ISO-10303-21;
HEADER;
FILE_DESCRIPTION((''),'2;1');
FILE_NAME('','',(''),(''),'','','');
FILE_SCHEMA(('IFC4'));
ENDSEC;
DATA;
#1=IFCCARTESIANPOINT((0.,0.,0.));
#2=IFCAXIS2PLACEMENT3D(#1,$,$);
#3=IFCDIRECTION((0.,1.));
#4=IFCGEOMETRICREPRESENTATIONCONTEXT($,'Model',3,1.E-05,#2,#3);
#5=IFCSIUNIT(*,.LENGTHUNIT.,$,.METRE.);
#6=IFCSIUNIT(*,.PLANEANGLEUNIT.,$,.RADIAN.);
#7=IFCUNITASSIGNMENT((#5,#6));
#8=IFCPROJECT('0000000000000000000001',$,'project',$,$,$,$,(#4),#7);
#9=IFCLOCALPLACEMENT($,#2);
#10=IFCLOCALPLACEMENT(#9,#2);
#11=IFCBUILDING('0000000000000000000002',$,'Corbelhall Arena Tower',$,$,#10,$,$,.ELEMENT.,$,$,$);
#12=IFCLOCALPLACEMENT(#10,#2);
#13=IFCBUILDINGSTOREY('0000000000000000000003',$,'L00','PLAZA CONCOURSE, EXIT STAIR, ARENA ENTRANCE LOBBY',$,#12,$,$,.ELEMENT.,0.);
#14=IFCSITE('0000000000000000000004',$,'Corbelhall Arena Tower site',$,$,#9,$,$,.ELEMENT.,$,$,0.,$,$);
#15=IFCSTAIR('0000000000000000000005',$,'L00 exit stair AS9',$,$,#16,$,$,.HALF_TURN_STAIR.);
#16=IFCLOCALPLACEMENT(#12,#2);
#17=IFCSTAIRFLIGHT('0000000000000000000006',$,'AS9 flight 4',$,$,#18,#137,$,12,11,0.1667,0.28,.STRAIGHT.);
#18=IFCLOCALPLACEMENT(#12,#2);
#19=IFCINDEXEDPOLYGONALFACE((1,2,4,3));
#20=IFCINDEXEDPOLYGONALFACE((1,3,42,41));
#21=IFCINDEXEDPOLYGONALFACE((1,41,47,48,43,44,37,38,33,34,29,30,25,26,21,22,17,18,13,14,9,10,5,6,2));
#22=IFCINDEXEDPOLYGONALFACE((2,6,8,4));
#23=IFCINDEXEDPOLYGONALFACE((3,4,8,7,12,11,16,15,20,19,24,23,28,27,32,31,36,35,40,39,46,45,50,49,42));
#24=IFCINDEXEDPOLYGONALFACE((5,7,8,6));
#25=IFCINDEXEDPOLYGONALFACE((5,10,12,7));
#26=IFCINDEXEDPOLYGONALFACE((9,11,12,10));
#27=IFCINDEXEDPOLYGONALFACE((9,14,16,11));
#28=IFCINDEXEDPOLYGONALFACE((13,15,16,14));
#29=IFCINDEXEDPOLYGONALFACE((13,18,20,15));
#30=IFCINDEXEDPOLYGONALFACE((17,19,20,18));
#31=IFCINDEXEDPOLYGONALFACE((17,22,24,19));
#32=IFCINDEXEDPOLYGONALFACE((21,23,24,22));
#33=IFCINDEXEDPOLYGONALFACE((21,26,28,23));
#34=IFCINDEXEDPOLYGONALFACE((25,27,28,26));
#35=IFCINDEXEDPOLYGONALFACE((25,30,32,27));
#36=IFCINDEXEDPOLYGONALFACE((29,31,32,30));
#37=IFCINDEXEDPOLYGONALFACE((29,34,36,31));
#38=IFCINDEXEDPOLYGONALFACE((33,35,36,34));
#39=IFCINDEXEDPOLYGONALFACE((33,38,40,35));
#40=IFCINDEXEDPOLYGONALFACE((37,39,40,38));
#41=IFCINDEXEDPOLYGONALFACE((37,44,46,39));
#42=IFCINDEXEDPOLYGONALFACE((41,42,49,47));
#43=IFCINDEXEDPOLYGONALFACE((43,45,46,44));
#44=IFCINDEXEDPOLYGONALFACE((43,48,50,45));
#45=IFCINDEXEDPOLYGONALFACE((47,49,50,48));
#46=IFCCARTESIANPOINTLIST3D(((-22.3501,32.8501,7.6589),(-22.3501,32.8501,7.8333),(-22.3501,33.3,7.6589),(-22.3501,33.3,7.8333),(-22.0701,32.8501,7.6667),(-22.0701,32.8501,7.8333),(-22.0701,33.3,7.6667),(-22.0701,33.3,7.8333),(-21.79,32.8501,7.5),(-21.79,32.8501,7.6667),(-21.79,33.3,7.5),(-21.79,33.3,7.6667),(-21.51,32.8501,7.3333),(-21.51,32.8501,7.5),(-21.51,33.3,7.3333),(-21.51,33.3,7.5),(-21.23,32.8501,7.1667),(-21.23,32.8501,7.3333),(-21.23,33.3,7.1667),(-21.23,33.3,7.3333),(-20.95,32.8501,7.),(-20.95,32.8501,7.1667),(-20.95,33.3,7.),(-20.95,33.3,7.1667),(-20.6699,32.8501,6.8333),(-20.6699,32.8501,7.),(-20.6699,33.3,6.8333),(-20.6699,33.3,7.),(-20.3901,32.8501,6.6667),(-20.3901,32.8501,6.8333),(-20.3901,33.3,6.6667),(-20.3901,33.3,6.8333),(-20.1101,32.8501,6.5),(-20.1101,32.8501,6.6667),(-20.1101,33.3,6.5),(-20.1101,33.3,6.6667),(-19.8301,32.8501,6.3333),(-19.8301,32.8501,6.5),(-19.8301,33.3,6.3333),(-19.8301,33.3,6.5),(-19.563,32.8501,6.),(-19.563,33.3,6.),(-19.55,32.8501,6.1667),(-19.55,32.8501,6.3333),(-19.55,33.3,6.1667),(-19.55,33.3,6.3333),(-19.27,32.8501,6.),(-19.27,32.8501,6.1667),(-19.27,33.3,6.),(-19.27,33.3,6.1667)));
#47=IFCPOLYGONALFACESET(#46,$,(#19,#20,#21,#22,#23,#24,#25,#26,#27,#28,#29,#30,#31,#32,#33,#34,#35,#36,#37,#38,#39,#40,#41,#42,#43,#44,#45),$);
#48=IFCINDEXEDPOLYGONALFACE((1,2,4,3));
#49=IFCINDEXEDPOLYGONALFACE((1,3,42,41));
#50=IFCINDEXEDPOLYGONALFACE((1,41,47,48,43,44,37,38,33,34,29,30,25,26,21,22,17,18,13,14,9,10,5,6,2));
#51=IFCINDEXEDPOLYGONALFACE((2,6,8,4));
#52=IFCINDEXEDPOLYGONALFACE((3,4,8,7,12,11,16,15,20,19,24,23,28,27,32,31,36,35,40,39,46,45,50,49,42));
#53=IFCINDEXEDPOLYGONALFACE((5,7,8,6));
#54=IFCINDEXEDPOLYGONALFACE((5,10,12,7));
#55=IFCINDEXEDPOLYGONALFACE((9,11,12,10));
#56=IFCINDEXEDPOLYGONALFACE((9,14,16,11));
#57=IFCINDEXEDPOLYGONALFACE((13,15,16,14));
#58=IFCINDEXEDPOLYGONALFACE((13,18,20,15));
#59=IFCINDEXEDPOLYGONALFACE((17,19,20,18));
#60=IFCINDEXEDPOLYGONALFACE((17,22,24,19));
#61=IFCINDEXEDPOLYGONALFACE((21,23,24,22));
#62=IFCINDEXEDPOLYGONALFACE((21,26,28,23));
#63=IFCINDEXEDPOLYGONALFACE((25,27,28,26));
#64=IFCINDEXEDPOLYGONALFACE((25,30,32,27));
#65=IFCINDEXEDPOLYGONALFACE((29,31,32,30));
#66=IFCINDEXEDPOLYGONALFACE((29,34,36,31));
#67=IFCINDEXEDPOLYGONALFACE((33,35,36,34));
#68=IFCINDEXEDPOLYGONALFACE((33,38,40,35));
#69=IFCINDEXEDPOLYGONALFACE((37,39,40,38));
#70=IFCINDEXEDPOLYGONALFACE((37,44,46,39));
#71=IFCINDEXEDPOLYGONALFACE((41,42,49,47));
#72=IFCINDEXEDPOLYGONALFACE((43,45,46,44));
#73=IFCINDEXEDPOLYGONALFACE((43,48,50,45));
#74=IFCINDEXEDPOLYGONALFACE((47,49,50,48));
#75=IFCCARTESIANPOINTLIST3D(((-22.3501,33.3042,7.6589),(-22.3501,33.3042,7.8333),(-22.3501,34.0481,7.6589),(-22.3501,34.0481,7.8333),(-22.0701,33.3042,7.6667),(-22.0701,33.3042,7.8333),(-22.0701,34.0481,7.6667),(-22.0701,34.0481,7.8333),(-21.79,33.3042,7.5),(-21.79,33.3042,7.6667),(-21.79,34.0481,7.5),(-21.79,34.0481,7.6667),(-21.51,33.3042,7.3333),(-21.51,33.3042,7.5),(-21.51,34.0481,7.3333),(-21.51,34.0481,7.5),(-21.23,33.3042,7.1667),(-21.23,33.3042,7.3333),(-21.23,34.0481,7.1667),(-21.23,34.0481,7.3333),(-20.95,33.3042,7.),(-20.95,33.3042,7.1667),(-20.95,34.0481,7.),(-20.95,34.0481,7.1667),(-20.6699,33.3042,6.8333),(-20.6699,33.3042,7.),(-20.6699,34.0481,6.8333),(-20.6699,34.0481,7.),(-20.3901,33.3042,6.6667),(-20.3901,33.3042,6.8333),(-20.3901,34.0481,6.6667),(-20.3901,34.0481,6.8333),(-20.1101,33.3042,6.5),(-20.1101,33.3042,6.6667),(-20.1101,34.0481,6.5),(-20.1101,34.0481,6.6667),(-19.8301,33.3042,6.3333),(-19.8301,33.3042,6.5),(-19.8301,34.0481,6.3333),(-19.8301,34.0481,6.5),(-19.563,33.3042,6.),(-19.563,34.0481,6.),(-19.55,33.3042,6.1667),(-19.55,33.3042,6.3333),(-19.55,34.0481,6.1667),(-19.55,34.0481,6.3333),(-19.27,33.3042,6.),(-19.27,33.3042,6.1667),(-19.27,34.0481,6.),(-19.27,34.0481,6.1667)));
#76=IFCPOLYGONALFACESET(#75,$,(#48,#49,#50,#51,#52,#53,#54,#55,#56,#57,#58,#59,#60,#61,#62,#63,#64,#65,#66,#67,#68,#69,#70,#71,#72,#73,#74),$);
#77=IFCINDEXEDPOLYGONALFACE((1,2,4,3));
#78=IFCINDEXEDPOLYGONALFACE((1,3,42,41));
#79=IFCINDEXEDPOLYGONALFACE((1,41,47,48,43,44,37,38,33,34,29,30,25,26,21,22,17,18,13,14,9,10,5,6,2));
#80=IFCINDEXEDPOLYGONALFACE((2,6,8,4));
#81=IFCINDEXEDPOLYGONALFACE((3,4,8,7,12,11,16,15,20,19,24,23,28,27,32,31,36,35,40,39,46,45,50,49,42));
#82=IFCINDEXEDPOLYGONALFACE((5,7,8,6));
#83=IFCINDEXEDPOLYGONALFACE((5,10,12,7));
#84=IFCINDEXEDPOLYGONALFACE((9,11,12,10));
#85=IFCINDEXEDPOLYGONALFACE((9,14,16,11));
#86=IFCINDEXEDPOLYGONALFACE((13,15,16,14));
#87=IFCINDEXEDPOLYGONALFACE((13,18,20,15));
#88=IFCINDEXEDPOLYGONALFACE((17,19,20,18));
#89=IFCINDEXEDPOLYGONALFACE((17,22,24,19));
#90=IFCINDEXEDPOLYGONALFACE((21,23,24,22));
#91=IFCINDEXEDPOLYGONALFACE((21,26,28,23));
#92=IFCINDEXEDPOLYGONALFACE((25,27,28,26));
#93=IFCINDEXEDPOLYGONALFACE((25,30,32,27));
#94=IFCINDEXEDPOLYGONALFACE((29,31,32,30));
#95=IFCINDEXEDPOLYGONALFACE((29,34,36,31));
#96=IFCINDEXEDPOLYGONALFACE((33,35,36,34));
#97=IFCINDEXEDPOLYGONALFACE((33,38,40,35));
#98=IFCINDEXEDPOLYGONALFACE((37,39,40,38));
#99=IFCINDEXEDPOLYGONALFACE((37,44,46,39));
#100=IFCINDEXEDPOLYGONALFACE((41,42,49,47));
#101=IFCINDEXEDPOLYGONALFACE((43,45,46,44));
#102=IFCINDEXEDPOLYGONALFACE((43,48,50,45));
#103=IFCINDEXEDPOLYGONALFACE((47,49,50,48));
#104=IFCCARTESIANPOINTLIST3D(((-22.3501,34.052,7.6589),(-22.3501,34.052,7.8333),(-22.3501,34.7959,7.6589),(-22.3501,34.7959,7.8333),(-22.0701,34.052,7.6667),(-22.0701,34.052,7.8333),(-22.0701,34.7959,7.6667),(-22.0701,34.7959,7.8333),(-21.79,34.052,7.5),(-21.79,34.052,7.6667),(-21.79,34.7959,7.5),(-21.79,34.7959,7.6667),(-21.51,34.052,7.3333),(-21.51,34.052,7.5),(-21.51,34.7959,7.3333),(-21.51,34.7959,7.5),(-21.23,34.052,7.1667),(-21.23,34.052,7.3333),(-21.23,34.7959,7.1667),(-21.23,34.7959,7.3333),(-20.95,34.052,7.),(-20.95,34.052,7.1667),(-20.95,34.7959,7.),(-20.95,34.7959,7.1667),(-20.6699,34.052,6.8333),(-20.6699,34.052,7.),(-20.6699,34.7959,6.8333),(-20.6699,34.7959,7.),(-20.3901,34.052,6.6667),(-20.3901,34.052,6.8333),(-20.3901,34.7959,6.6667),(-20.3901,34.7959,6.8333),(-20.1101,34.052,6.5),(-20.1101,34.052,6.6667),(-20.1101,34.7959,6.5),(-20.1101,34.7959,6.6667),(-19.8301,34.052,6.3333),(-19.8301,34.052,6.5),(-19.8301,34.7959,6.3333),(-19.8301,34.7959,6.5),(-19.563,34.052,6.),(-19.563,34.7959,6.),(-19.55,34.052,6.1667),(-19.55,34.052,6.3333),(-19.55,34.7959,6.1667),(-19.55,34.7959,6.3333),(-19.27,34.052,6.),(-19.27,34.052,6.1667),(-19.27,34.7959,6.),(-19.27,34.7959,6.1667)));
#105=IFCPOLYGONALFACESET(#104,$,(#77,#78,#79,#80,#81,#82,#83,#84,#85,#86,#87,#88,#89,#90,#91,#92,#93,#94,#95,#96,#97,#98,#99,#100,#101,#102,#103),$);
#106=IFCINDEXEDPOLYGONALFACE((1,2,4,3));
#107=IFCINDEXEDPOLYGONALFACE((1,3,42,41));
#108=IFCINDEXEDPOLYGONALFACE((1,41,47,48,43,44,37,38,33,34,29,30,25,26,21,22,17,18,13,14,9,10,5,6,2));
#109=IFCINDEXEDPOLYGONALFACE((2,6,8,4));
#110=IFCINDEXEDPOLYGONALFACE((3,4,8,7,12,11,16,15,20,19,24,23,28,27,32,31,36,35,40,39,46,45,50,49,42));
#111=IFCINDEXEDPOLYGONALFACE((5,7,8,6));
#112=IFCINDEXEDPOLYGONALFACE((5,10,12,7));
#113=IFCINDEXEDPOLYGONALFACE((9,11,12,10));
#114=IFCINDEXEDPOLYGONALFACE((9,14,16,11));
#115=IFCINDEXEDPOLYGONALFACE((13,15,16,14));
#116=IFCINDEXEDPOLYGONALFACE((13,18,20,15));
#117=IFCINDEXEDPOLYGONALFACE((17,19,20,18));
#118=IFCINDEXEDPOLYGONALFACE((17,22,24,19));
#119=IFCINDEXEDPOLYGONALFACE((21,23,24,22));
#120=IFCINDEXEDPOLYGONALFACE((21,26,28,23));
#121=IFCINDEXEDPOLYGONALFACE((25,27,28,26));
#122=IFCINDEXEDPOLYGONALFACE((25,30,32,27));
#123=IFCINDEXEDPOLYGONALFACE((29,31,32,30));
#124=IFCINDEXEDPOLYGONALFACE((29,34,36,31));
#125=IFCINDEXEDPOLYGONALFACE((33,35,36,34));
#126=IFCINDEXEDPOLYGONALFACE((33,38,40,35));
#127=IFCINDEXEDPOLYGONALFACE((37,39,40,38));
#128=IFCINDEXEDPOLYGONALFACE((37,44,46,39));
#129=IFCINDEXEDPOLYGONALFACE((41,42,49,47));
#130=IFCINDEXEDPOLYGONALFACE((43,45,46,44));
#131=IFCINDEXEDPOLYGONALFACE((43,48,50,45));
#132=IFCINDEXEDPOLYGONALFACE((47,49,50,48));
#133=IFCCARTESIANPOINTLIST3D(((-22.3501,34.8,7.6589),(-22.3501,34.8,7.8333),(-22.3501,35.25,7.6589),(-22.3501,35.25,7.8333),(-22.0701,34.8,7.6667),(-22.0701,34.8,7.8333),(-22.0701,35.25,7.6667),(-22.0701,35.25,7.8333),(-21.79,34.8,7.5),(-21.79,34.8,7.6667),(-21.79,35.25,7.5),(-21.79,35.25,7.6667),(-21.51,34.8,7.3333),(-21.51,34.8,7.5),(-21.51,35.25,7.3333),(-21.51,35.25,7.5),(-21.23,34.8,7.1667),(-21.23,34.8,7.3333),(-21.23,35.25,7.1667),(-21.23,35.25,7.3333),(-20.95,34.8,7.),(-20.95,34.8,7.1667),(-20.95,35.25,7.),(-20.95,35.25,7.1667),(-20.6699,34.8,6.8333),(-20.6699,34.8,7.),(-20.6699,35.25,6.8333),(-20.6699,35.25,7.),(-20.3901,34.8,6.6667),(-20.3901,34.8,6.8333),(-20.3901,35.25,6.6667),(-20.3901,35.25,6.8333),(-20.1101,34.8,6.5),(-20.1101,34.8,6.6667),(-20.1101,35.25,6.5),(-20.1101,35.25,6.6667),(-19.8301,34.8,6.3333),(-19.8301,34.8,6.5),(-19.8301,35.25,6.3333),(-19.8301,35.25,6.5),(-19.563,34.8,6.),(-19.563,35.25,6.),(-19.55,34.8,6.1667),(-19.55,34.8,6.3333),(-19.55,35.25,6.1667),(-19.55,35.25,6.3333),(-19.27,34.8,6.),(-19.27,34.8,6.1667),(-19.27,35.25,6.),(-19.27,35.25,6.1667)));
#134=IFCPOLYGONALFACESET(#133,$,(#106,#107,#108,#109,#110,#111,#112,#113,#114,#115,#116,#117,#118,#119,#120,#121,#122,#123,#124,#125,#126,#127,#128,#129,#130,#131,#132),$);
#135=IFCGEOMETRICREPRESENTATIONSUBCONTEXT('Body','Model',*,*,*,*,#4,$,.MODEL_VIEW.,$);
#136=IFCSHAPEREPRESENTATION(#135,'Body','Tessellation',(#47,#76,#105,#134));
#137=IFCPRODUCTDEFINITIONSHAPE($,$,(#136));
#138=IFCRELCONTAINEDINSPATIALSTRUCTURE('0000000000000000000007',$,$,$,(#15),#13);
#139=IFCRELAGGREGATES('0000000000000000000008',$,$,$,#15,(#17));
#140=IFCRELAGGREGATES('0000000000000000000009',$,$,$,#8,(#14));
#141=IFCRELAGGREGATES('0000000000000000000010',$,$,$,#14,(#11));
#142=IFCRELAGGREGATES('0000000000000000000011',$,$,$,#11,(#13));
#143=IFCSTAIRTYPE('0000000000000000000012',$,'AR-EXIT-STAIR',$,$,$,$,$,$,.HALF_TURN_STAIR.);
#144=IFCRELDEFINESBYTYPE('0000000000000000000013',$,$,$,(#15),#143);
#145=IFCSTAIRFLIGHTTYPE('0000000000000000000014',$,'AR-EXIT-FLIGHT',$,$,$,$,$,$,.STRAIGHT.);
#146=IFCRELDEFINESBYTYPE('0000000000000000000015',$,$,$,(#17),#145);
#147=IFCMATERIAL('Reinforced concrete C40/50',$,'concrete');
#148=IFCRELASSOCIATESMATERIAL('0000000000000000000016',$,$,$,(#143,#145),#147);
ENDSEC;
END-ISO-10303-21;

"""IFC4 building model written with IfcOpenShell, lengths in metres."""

from ifc_helpers import new_model, si_unit, direction, frame, origin, place, context, subcontext, project, spatial, polyline, outline, extrude, material, type_object, element, aggregate, save


model = new_model("IFC4")

# Units and contexts
model_context = context("Model", 3, precision=1e-05, world=origin(), true_north=direction((0.0, 1.0)))
body_context = subcontext(model_context, "Body", "Model", "MODEL_VIEW")
ifc_project = project(units=[si_unit("LENGTHUNIT", "METRE"), si_unit("PLANEANGLEUNIT", "RADIAN")], contexts=[model_context])

# Site, building, storey
site_placement = place(None, origin())
site = spatial("IfcSite", under=ifc_project, at=site_placement, Name="Corbelhall Arena Tower site", CompositionType="ELEMENT", RefElevation=0.0)
building_placement = place(site_placement, origin())
building = spatial("IfcBuilding", under=site, at=building_placement, Name="Corbelhall Arena Tower", CompositionType="ELEMENT")
storey_placement = place(building_placement, origin())
storey = spatial("IfcBuildingStorey", under=building, at=storey_placement, Name="L00", Description="PLAZA CONCOURSE, EXIT STAIR, ARENA ENTRANCE LOBBY", CompositionType="ELEMENT", Elevation=0.0)

# Shared definitions
ifc_material_1 = material(Name="Reinforced concrete C40/50", Category="concrete")

# Stair, stair flight
stair_type = type_object("IfcStairType", Name="AR-EXIT-STAIR", PredefinedType="HALF_TURN_STAIR", material=ifc_material_1)
stair_placement = place(storey_placement, origin())
stair = element("IfcStair", 1, at=stair_placement, inside=storey, type_object=stair_type, Name="L00 exit stair AS9", PredefinedType="HALF_TURN_STAIR")
stair_flight_type = type_object("IfcStairFlightType", Name="AR-EXIT-FLIGHT", PredefinedType="STRAIGHT", material=ifc_material_1)
stair_flight_1_placement = place(storey_placement, frame((-19.27, 34.05, 6.0), z_axis=(0.0, 0.0, 1.0), x_axis=(-1.0, 0.0, 0.0)))
stair_flight_1 = element("IfcStairFlight", 2, at=stair_flight_1_placement, type_object=stair_flight_type, Name="AS9 flight 4", NumberOfRisers=12, NumberOfTreads=11, PredefinedType="STRAIGHT", RiserHeight=0.1667, TreadLength=0.28, context=body_context, shape_type="SweptSolid", body=[
    extrude(outline(polyline([(0.0, 0.0), (0.0, 0.1667), (0.28, 0.1667), (0.28, 0.3333), (0.5601, 0.3333), (0.5601, 0.5), (0.8401, 0.5), (0.8401, 0.6667), (1.1201, 0.6667), (1.1201, 0.8333), (1.3999, 0.8333), (1.3999, 1.0), (1.6799, 1.0), (1.6799, 1.1667), (1.96, 1.1667), (1.96, 1.3333), (2.24, 1.3333), (2.24, 1.5), (2.52, 1.5), (2.52, 1.6667), (2.8, 1.6667), (2.8, 1.8333), (3.0801, 1.8333), (3.0801, 2.0), (3.0801, 1.6589), (0.293, 0.0), (0.0, 0.0)])), frame((0.0, 1.2, 0.0), z_axis=(0.0, -1.0, 0.0), x_axis=(1.0, 0.0, 0.0)), (0.0, 0.0, 1.0), 0.45),
    extrude(outline(polyline([(0.0, 0.0), (0.0, 0.1667), (0.28, 0.1667), (0.28, 0.3333), (0.5601, 0.3333), (0.5601, 0.5), (0.8401, 0.5), (0.8401, 0.6667), (1.1201, 0.6667), (1.1201, 0.8333), (1.3999, 0.8333), (1.3999, 1.0), (1.6799, 1.0), (1.6799, 1.1667), (1.96, 1.1667), (1.96, 1.3333), (2.24, 1.3333), (2.24, 1.5), (2.52, 1.5), (2.52, 1.6667), (2.8, 1.6667), (2.8, 1.8333), (3.0801, 1.8333), (3.0801, 2.0), (3.0801, 1.6589), (0.293, 0.0), (0.0, 0.0)])), frame((0.0, 0.7458, 0.0), z_axis=(0.0, -1.0, 0.0), x_axis=(1.0, 0.0, 0.0)), (0.0, 0.0, 1.0), 0.7439),
    extrude(outline(polyline([(0.0, 0.0), (0.0, 0.1667), (0.28, 0.1667), (0.28, 0.3333), (0.5601, 0.3333), (0.5601, 0.5), (0.8401, 0.5), (0.8401, 0.6667), (1.1201, 0.6667), (1.1201, 0.8333), (1.3999, 0.8333), (1.3999, 1.0), (1.6799, 1.0), (1.6799, 1.1667), (1.96, 1.1667), (1.96, 1.3333), (2.24, 1.3333), (2.24, 1.5), (2.52, 1.5), (2.52, 1.6667), (2.8, 1.6667), (2.8, 1.8333), (3.0801, 1.8333), (3.0801, 2.0), (3.0801, 1.6589), (0.293, 0.0), (0.0, 0.0)])), frame((0.0, -0.002, 0.0), z_axis=(0.0, -1.0, 0.0), x_axis=(1.0, 0.0, 0.0)), (0.0, 0.0, 1.0), 0.7439),
    extrude(outline(polyline([(0.0, 0.0), (0.0, 0.1667), (0.28, 0.1667), (0.28, 0.3333), (0.5601, 0.3333), (0.5601, 0.5), (0.8401, 0.5), (0.8401, 0.6667), (1.1201, 0.6667), (1.1201, 0.8333), (1.3999, 0.8333), (1.3999, 1.0), (1.6799, 1.0), (1.6799, 1.1667), (1.96, 1.1667), (1.96, 1.3333), (2.24, 1.3333), (2.24, 1.5), (2.52, 1.5), (2.52, 1.6667), (2.8, 1.6667), (2.8, 1.8333), (3.0801, 1.8333), (3.0801, 2.0), (3.0801, 1.6589), (0.293, 0.0), (0.0, 0.0)])), frame((0.0, -0.75, 0.0), z_axis=(0.0, -1.0, 0.0), x_axis=(1.0, 0.0, 0.0)), (0.0, 0.0, 1.0), 0.45),
])
aggregate(stair, [stair_flight_1])

save(model, "model.ifc")
